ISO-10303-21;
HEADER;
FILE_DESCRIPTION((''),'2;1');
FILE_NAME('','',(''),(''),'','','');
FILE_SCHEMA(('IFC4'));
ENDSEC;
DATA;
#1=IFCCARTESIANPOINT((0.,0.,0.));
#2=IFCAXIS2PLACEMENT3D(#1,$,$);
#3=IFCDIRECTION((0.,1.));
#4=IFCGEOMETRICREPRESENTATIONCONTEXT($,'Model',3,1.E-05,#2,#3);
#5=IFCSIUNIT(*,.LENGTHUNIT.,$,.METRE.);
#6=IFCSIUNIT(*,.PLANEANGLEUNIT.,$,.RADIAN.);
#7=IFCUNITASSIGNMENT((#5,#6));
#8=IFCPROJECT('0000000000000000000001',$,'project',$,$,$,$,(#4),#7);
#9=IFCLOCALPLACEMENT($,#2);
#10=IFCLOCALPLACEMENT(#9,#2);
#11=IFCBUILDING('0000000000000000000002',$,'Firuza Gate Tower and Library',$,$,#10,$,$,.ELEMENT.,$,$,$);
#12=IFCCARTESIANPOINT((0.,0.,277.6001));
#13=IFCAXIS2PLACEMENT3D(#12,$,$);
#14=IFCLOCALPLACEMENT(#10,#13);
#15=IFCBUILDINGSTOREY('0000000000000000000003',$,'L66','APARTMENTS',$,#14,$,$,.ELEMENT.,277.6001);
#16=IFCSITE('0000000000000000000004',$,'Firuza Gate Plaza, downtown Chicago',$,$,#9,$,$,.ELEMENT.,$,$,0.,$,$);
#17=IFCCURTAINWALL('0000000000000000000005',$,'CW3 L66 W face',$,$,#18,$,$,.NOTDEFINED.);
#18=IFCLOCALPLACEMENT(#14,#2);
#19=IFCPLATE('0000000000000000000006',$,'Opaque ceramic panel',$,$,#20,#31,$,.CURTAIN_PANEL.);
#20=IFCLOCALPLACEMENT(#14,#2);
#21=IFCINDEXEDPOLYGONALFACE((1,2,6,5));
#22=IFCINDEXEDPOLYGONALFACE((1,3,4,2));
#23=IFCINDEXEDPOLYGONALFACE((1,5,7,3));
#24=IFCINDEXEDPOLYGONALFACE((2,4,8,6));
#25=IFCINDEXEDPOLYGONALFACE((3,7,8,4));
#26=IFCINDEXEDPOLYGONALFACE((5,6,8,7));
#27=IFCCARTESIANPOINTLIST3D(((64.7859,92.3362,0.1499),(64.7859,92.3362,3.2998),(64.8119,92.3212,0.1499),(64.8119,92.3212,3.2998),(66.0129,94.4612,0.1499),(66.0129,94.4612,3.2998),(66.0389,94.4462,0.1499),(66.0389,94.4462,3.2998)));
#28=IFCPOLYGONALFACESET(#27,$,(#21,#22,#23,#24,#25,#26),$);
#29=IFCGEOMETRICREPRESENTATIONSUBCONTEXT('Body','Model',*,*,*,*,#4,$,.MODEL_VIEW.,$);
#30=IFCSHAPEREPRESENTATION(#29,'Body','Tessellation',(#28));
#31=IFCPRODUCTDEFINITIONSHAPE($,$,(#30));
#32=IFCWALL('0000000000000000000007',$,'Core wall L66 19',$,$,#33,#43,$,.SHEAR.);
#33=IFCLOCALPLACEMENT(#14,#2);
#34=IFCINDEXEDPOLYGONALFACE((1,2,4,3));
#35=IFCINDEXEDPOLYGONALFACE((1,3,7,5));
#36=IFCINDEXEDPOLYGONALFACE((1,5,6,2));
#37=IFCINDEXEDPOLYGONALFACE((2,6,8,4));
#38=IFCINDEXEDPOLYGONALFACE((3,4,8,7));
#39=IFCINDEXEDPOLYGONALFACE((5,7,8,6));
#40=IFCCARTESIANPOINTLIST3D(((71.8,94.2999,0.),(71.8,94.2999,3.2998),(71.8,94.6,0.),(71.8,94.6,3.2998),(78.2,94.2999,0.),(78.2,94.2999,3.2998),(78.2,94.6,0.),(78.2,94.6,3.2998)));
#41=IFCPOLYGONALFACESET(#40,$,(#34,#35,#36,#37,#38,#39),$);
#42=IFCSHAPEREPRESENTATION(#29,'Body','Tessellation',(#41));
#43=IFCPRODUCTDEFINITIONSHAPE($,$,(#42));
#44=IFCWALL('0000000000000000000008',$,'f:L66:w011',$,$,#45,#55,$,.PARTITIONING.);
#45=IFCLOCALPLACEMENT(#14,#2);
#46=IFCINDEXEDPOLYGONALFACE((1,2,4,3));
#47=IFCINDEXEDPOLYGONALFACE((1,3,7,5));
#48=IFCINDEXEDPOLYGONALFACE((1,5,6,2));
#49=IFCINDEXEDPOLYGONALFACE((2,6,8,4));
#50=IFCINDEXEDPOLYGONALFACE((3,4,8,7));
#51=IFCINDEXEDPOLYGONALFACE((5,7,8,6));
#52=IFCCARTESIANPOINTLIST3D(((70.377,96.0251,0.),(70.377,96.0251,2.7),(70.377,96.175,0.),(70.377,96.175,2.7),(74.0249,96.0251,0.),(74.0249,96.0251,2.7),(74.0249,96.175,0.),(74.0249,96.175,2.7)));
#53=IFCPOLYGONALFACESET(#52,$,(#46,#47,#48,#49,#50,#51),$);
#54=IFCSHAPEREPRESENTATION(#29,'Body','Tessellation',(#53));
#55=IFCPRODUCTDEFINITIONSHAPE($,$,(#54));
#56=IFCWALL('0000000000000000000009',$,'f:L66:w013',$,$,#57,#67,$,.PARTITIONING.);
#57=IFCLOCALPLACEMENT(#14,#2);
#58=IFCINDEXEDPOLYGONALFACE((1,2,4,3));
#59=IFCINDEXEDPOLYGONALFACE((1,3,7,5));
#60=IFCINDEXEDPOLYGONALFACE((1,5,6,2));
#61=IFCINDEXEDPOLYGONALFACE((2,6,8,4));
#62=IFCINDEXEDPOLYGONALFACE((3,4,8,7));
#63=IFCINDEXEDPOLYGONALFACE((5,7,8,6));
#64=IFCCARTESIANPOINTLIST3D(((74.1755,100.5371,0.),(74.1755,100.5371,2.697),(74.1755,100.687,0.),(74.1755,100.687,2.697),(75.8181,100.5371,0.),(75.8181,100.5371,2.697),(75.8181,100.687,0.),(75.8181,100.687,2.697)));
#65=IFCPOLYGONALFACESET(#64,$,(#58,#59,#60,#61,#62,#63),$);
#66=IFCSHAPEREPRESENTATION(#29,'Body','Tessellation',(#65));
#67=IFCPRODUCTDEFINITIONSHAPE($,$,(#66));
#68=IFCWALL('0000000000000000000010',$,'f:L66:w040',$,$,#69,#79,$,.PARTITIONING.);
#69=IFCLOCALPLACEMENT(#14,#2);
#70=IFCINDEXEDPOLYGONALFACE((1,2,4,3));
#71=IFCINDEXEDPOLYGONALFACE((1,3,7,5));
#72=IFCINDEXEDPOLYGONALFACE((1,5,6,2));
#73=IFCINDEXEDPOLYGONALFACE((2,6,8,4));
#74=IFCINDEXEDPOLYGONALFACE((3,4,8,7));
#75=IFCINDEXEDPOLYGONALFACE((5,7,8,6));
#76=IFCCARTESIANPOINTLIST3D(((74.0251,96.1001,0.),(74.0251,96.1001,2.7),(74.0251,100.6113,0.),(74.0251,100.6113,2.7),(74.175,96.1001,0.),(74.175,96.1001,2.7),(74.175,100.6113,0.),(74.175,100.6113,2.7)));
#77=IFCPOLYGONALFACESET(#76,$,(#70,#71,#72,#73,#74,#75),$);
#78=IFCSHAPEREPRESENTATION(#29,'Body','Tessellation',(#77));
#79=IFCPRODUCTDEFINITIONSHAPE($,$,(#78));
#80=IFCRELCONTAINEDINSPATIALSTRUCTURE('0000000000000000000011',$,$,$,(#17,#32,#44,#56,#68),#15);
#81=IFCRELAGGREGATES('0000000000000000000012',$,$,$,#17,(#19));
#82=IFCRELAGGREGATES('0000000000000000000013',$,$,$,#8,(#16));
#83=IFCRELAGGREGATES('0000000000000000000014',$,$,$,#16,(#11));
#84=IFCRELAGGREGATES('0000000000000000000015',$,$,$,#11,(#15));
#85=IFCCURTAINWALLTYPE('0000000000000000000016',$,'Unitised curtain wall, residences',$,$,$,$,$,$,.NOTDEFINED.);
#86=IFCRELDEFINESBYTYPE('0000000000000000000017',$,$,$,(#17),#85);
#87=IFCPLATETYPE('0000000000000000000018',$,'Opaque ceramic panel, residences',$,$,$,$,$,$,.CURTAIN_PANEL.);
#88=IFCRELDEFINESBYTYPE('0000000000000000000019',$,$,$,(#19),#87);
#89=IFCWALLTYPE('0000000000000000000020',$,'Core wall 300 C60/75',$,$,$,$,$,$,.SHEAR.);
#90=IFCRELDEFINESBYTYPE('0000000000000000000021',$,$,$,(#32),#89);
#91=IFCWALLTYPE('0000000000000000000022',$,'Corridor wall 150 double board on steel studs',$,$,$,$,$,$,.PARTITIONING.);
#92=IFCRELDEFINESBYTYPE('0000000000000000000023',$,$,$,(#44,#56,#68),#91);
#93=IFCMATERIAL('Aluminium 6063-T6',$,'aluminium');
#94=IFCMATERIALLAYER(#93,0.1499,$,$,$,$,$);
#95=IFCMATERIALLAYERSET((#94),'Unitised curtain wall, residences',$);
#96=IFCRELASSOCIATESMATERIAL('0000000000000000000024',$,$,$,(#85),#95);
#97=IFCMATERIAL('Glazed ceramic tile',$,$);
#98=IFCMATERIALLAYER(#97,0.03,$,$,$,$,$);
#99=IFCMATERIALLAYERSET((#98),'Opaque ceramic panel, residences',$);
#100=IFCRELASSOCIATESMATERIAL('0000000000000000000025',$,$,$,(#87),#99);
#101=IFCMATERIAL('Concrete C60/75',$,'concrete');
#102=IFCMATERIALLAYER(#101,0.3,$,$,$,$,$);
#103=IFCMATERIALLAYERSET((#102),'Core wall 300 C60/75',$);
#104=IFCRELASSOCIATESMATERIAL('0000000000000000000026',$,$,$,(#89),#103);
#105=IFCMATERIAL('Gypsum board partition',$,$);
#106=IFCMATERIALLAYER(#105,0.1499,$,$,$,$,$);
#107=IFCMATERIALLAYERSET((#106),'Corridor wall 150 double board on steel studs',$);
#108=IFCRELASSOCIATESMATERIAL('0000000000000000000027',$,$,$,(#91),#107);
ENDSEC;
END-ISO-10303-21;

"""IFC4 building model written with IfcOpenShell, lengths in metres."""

from ifc_helpers import new_model, si_unit, direction, frame, frame_2d, origin, place, context, subcontext, project, spatial, polyline, rectangle, outline, extrude, material, layer, layer_set, type_object, element, aggregate, save


model = new_model("IFC4")

# Units and contexts
model_context = context("Model", 3, precision=1e-05, world=origin(), true_north=direction((0.0, 1.0)))
body_context = subcontext(model_context, "Body", "Model", "MODEL_VIEW")
ifc_project = project(units=[si_unit("LENGTHUNIT", "METRE"), si_unit("PLANEANGLEUNIT", "RADIAN")], contexts=[model_context])

# Site, building, storey
site_placement = place(None, origin())
site = spatial("IfcSite", under=ifc_project, at=site_placement, Name="Firuza Gate Plaza, downtown Chicago", CompositionType="ELEMENT", RefElevation=0.0)
building_placement = place(site_placement, origin())
building = spatial("IfcBuilding", under=site, at=building_placement, Name="Firuza Gate Tower and Library", CompositionType="ELEMENT")
storey_placement = place(building_placement, frame((0.0, 0.0, 277.6001)))
storey = spatial("IfcBuildingStorey", under=building, at=storey_placement, Name="L66", Description="APARTMENTS", CompositionType="ELEMENT", Elevation=277.6001)

# Shared definitions
placement = place(storey_placement, origin())

# Curtain wall
ifc_material_1 = material(Name="Aluminium 6063-T6", Category="aluminium")
ifc_layer_1 = layer(ifc_material_1, 0.1499)
ifc_layer_set_1 = layer_set([ifc_layer_1], Name="Unitised curtain wall, residences")
curtain_wall_type_1 = type_object("IfcCurtainWallType", Name="Unitised curtain wall, residences", PredefinedType="NOTDEFINED", material=ifc_layer_set_1)
curtain_wall_1 = element("IfcCurtainWall", 1, at=placement, inside=storey, type_object=curtain_wall_type_1, Name="CW3 L66 W face", PredefinedType="NOTDEFINED")

# Plate
ifc_material_2 = material(Name="Glazed ceramic tile")
ifc_layer_2 = layer(ifc_material_2, 0.03)
ifc_layer_set_2 = layer_set([ifc_layer_2], Name="Opaque ceramic panel, residences")
plate_type_1 = type_object("IfcPlateType", Name="Opaque ceramic panel, residences", PredefinedType="CURTAIN_PANEL", material=ifc_layer_set_2)
plate_1_placement = place(storey_placement, frame((66.0129, 94.4612, 0.1499), z_axis=(-0.865993, 0.500055, 0.0), x_axis=(-0.500055, -0.865993, 0.0)))
plate_1 = element("IfcPlate", 2, at=plate_1_placement, type_object=plate_type_1, Name="Opaque ceramic panel", PredefinedType="CURTAIN_PANEL", context=body_context, shape_type="SweptSolid", body=[
    extrude(outline(polyline([(0.0, 0.0), (2.4538, 0.0), (2.4538, 3.1499), (0.0, 3.1499), (0.0, 0.0)])), origin(), (0.0, 0.0, -1.0), 0.03),
])
aggregate(curtain_wall_1, [plate_1])

# Walls
ifc_material_3 = material(Name="Concrete C60/75", Category="concrete")
ifc_layer_3 = layer(ifc_material_3, 0.3)
ifc_layer_set_3 = layer_set([ifc_layer_3], Name="Core wall 300 C60/75")
wall_type_1 = type_object("IfcWallType", Name="Core wall 300 C60/75", PredefinedType="SHEAR", material=ifc_layer_set_3)
wall_1_placement = place(storey_placement, frame((71.8, 94.45, 0.0), z_axis=(0.0, 0.0, 1.0), x_axis=(1.0, 0.0, 0.0)))
element("IfcWall", 3, at=wall_1_placement, inside=storey, type_object=wall_type_1, Name="Core wall L66 19", PredefinedType="SHEAR", context=body_context, shape_type="SweptSolid", body=[
    extrude(rectangle(XDim=6.3999, YDim=0.3, at=frame_2d((3.2, 0.0))), origin(), (0.0, 0.0, 1.0), 3.2998),
])
ifc_material_4 = material(Name="Gypsum board partition")
ifc_layer_4 = layer(ifc_material_4, 0.1499)
ifc_layer_set_4 = layer_set([ifc_layer_4], Name="Corridor wall 150 double board on steel studs")
wall_type_2 = type_object("IfcWallType", Name="Corridor wall 150 double board on steel studs", PredefinedType="PARTITIONING", material=ifc_layer_set_4)
wall_2_placement = place(storey_placement, frame((70.377, 96.1001, 0.0), z_axis=(0.0, 0.0, 1.0), x_axis=(1.0, 0.0, 0.0)))
element("IfcWall", 4, at=wall_2_placement, inside=storey, type_object=wall_type_2, Name="f:L66:w011", PredefinedType="PARTITIONING", context=body_context, shape_type="SweptSolid", body=[
    extrude(rectangle(XDim=3.6479, YDim=0.1499, at=frame_2d((1.824, 0.0))), origin(), (0.0, 0.0, 1.0), 2.7),
])
wall_3_placement = place(storey_placement, frame((74.1755, 100.6121, 0.0), z_axis=(0.0, 0.0, 1.0), x_axis=(1.0, 0.0, 0.0)))
element("IfcWall", 5, at=wall_3_placement, inside=storey, type_object=wall_type_2, Name="f:L66:w013", PredefinedType="PARTITIONING", context=body_context, shape_type="SweptSolid", body=[
    extrude(rectangle(XDim=1.6426, YDim=0.1499, at=frame_2d((0.8213, 0.0))), origin(), (0.0, 0.0, 1.0), 2.697),
])
wall_4_placement = place(storey_placement, frame((74.1001, 96.1001, 0.0), z_axis=(0.0, 0.0, 1.0), x_axis=(0.0, 1.0, 0.0)))
element("IfcWall", 6, at=wall_4_placement, inside=storey, type_object=wall_type_2, Name="f:L66:w040", PredefinedType="PARTITIONING", context=body_context, shape_type="SweptSolid", body=[
    extrude(rectangle(XDim=4.5112, YDim=0.1499, at=frame_2d((2.2556, 0.0))), origin(), (0.0, 0.0, 1.0), 2.7),
])

save(model, "model.ifc")
